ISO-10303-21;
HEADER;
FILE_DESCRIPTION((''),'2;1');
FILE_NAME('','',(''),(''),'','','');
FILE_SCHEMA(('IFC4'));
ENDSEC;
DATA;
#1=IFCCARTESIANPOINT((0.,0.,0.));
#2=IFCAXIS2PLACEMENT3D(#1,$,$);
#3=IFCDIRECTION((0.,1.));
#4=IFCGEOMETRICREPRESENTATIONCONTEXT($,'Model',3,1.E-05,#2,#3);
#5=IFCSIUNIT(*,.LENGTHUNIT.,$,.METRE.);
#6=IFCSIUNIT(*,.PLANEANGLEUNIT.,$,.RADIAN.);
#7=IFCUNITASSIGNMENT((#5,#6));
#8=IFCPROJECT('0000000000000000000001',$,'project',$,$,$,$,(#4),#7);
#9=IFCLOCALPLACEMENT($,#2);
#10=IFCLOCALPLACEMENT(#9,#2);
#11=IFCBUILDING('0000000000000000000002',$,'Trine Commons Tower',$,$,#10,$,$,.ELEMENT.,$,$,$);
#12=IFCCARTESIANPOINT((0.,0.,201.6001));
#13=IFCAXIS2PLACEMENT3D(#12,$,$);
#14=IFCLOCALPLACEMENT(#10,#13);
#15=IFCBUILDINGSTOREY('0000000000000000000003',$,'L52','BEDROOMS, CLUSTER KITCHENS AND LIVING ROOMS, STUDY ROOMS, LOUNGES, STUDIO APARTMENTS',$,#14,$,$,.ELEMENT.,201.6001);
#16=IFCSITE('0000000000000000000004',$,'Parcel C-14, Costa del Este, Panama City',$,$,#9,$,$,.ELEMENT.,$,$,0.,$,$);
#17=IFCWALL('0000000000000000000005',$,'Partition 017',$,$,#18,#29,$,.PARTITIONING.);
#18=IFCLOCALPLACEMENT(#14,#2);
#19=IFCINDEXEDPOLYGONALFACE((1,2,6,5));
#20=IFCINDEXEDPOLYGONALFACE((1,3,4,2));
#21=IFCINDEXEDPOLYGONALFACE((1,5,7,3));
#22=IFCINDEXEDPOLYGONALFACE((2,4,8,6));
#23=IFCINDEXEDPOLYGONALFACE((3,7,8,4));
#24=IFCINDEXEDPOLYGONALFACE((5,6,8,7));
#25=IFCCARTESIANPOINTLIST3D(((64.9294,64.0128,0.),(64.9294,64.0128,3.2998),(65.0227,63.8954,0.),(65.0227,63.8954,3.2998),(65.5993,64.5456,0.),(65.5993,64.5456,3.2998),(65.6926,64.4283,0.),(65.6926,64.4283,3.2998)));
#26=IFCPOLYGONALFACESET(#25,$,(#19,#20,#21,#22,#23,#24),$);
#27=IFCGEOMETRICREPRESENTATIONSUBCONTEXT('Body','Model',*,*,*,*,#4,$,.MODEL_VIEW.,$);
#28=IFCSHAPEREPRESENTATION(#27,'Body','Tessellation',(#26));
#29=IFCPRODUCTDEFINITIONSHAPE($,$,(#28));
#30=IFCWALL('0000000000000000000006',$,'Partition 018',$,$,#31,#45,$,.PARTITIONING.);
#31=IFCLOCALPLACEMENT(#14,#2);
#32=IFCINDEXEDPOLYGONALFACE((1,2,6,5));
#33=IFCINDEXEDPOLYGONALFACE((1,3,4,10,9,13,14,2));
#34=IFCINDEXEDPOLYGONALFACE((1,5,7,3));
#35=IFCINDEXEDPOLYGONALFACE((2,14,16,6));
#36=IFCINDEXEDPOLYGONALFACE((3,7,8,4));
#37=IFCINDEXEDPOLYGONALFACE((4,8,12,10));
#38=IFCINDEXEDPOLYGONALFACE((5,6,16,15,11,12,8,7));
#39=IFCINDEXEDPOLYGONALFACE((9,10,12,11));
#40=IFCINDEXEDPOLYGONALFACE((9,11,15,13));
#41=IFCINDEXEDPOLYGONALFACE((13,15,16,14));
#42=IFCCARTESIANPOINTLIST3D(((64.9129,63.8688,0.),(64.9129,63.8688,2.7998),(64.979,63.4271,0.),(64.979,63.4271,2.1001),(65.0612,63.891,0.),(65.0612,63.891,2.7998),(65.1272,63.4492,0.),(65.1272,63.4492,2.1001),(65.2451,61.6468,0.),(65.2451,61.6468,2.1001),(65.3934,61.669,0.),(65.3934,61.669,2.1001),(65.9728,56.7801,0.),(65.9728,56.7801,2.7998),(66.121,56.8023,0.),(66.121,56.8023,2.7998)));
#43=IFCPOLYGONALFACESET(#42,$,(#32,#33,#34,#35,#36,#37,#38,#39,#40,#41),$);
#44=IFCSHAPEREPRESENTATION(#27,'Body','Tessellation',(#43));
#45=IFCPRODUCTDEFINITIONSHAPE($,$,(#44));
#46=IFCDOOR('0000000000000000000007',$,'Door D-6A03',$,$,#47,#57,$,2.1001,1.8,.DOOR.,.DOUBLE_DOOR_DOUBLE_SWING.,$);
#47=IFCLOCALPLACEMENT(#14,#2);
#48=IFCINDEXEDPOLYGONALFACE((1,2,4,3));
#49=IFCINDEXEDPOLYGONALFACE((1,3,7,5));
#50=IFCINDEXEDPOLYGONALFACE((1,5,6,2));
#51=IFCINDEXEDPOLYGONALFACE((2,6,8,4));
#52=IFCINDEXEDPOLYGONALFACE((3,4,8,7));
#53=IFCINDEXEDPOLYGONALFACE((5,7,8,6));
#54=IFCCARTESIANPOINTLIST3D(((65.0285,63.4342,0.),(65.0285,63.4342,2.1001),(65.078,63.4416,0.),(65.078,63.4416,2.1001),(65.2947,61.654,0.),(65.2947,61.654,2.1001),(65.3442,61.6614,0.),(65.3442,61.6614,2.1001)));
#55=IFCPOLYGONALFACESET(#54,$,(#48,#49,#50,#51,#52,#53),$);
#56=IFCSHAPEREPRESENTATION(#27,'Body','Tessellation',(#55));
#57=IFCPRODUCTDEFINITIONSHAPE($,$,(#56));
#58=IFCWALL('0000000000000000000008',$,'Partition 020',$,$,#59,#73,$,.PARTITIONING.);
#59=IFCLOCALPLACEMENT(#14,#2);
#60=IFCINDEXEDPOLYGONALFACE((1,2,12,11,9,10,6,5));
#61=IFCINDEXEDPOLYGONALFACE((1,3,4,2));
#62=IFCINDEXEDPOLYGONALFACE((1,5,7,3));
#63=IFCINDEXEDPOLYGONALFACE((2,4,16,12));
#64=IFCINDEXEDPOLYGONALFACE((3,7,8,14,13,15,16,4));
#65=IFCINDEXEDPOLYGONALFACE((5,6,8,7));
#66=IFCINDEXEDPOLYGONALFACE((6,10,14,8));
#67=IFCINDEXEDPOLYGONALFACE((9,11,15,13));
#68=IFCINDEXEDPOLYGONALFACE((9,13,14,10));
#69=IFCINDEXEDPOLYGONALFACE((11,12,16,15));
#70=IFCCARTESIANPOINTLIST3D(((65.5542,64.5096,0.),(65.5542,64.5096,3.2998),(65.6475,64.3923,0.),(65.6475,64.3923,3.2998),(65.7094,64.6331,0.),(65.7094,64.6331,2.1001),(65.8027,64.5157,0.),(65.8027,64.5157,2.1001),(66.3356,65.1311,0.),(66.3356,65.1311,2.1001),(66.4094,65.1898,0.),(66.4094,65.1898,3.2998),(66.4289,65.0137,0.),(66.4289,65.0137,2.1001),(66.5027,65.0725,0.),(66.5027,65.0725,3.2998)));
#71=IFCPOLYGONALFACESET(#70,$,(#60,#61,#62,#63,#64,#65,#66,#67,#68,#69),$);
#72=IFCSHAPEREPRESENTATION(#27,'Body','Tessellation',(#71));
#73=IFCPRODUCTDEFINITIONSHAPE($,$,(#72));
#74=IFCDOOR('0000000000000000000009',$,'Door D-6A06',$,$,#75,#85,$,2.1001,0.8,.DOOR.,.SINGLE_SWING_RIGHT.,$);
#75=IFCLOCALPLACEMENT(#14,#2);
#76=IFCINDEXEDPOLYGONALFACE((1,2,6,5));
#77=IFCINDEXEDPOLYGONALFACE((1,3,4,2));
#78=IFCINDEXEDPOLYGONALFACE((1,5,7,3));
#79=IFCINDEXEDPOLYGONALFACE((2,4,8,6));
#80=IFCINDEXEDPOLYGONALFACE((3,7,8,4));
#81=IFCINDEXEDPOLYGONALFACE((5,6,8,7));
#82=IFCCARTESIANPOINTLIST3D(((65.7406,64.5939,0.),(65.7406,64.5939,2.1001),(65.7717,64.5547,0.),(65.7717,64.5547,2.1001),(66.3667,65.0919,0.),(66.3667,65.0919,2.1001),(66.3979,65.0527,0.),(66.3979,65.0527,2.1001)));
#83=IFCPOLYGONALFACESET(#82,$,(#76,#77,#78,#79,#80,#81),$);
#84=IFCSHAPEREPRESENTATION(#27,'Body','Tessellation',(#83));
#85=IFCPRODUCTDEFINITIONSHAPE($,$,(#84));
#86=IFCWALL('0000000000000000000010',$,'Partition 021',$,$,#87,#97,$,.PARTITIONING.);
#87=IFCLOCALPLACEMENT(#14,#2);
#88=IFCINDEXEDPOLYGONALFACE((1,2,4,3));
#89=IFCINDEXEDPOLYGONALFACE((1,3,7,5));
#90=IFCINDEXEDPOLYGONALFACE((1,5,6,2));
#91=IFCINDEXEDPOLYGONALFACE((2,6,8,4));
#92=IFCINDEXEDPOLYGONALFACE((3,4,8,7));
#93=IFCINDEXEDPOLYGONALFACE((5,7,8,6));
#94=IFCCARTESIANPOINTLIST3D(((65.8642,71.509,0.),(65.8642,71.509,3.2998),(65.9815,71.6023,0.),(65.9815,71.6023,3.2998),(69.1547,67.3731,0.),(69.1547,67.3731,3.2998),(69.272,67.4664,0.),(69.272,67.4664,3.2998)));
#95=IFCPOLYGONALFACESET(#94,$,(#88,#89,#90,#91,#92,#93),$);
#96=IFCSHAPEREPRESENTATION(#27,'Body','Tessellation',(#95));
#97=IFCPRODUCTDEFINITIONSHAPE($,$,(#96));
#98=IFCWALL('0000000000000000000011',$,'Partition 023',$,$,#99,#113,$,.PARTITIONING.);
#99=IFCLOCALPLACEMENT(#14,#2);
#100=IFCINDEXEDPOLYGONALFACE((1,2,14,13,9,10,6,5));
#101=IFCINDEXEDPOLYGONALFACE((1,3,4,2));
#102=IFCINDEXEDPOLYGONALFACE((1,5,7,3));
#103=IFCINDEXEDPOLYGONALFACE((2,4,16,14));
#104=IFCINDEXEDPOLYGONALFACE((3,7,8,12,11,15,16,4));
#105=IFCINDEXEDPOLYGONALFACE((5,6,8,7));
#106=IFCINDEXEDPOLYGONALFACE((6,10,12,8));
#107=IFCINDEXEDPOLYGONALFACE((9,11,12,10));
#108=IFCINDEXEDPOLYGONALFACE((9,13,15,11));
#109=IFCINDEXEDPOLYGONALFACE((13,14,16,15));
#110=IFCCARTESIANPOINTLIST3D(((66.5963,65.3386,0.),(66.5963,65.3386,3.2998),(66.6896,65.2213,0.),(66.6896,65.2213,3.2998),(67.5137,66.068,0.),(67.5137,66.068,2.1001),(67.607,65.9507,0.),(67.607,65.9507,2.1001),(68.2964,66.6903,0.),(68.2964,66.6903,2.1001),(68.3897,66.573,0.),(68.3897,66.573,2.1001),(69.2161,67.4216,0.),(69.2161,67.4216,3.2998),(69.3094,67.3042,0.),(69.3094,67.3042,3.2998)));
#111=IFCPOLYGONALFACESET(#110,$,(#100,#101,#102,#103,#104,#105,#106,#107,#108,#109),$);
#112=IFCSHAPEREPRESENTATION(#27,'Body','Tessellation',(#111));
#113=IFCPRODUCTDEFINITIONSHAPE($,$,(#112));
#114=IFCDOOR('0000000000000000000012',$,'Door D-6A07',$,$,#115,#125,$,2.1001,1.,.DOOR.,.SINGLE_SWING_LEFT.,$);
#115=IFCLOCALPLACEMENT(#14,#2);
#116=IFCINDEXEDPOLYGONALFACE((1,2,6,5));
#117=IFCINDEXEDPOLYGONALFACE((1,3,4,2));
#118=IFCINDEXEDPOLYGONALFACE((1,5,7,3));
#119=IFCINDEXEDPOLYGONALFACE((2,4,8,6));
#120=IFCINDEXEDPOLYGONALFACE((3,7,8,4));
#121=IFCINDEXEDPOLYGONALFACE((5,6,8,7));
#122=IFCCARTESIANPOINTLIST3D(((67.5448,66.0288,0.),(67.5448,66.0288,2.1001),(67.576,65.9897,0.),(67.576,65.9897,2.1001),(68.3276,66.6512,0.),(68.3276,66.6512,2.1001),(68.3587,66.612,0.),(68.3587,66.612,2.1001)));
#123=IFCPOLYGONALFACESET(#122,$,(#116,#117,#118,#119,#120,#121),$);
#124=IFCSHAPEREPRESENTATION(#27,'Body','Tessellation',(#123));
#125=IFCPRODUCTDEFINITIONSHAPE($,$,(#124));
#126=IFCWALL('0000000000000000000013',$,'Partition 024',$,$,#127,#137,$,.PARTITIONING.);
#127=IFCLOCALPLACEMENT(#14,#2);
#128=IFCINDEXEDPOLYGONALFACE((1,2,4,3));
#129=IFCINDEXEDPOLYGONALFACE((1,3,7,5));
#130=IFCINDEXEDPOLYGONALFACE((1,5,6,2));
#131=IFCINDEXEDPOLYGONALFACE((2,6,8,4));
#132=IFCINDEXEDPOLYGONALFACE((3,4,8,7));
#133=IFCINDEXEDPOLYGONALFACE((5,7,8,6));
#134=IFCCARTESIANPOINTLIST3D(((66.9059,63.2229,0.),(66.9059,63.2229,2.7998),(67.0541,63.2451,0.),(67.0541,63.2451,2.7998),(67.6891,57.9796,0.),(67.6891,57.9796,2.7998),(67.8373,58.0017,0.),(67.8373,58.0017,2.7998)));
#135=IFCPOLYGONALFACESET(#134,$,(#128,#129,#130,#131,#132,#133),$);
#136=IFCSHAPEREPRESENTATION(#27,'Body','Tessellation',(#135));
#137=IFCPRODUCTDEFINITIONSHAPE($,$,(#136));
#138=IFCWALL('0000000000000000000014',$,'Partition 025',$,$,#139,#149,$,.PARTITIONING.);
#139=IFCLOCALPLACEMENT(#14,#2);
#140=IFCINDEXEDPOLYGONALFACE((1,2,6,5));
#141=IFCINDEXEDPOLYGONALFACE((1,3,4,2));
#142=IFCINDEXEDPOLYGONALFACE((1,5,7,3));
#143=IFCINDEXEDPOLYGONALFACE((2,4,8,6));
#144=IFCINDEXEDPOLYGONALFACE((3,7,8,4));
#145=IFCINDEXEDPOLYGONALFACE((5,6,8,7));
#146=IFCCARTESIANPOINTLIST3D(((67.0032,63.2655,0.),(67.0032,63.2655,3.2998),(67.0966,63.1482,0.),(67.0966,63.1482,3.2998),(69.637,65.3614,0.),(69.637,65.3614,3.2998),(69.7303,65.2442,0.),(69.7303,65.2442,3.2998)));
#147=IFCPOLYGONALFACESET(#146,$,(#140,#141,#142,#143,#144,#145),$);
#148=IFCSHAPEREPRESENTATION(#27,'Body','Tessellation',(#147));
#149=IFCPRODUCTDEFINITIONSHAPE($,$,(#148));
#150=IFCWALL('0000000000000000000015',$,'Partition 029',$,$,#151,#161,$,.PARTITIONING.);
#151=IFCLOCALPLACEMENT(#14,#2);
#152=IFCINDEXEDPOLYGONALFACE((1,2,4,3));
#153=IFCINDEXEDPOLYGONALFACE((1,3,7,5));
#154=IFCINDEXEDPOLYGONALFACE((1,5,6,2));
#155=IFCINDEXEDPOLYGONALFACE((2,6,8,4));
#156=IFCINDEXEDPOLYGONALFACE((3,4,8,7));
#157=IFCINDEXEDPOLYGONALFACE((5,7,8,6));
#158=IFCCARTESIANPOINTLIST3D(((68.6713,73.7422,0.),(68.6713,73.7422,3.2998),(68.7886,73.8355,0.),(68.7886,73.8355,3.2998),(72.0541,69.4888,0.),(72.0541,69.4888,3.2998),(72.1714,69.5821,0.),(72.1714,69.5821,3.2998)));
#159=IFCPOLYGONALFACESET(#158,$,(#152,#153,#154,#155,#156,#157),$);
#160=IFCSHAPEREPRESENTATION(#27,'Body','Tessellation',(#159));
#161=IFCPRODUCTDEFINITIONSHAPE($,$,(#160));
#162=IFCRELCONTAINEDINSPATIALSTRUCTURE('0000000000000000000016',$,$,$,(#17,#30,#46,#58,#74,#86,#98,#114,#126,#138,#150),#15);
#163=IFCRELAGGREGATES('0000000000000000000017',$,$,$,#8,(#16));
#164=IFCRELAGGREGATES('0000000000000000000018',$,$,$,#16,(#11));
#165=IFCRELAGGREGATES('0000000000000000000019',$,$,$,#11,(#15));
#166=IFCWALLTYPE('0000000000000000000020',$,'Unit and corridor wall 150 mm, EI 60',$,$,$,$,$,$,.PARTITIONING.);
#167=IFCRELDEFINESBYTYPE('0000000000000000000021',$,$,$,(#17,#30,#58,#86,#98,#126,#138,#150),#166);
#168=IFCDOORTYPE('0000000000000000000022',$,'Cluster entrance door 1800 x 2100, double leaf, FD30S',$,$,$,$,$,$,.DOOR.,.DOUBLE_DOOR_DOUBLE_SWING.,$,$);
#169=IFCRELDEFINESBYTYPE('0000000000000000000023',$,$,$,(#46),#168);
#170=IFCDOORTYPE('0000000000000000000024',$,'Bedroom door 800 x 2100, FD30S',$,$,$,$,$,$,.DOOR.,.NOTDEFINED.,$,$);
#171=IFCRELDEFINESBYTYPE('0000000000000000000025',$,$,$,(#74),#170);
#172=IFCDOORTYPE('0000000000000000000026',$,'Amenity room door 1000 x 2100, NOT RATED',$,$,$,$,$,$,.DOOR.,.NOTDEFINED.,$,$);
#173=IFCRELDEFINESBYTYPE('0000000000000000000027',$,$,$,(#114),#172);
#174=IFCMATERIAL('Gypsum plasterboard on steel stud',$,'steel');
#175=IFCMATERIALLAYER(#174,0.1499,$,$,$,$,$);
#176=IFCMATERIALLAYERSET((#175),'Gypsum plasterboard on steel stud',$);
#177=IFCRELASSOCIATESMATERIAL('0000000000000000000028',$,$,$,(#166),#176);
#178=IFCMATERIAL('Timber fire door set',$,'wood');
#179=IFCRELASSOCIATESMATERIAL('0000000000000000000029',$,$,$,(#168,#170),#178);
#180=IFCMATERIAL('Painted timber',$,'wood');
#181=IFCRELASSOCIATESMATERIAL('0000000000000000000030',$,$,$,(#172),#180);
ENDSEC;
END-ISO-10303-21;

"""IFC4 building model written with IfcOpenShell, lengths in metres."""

from ifc_helpers import new_model, si_unit, direction, frame, frame_2d, origin, place, context, subcontext, project, spatial, rectangle, extrude, material, layer, layer_set, type_object, element, fill, save


model = new_model("IFC4")

# Units and contexts
model_context = context("Model", 3, precision=1e-05, world=origin(), true_north=direction((0.0, 1.0)))
body_context = subcontext(model_context, "Body", "Model", "MODEL_VIEW")
ifc_project = project(units=[si_unit("LENGTHUNIT", "METRE"), si_unit("PLANEANGLEUNIT", "RADIAN")], contexts=[model_context])

# Site, building, storey
site_placement = place(None, origin())
site = spatial("IfcSite", under=ifc_project, at=site_placement, Name="Parcel C-14, Costa del Este, Panama City", CompositionType="ELEMENT", RefElevation=0.0)
building_placement = place(site_placement, origin())
building = spatial("IfcBuilding", under=site, at=building_placement, Name="Trine Commons Tower", CompositionType="ELEMENT")
storey_placement = place(building_placement, frame((0.0, 0.0, 201.6001)))
storey = spatial("IfcBuildingStorey", under=building, at=storey_placement, Name="L52", Description="BEDROOMS, CLUSTER KITCHENS AND LIVING ROOMS, STUDY ROOMS, LOUNGES, STUDIO APARTMENTS", CompositionType="ELEMENT", Elevation=201.6001)

# Wall
ifc_material_1 = material(Name="Gypsum plasterboard on steel stud", Category="steel")
ifc_layer_1 = layer(ifc_material_1, 0.1499)
ifc_layer_set_1 = layer_set([ifc_layer_1], Name="Gypsum plasterboard on steel stud")
wall_type_1 = type_object("IfcWallType", Name="Unit and corridor wall 150 mm, EI 60", PredefinedType="PARTITIONING", material=ifc_layer_set_1)
wall_1_placement = place(storey_placement, frame((64.9761, 63.9541, 0.0), z_axis=(0.0, 0.0, 1.0), x_axis=(0.782563, 0.622571, 0.0)))
element("IfcWall", 1, at=wall_1_placement, inside=storey, type_object=wall_type_1, Name="Partition 017", PredefinedType="PARTITIONING", context=body_context, shape_type="SweptSolid", body=[
    extrude(rectangle(XDim=0.856, YDim=0.1499, at=frame_2d((0.428, 0.0))), origin(), (0.0, 0.0, 1.0), 3.2998),
])

# Walls, openings, doors
wall_2_placement = place(storey_placement, frame((64.9871, 63.8799, 0.0), z_axis=(0.0, 0.0, 1.0), x_axis=(0.147866, -0.989007, 0.0)))
wall_2 = element("IfcWall", 2, at=wall_2_placement, inside=storey, type_object=wall_type_1, Name="Partition 018", PredefinedType="PARTITIONING", context=body_context, shape_type="SweptSolid", body=[
    extrude(rectangle(XDim=7.1675, YDim=0.1499, at=frame_2d((3.5837, 0.0))), origin(), (0.0, 0.0, 1.0), 2.7998),
])
opening_1_placement = place(wall_2_placement, frame((0.4468, 0.0, 0.0)))
opening_1 = element("IfcOpeningElement", 3, at=opening_1_placement, cuts=wall_2, PredefinedType="OPENING", context=body_context, shape_type="SweptSolid", body=[
    extrude(rectangle(XDim=1.8, YDim=2.1001, at=frame_2d((0.8999, 1.05))), frame((0.0, 0.085, 0.0), z_axis=(0.0, -1.0, 0.0), x_axis=(1.0, 0.0, 0.0)), (0.0, 0.0, 1.0), 0.1699),
])
ifc_material_2 = material(Name="Timber fire door set", Category="wood")
door_type_1 = type_object("IfcDoorType", Name="Cluster entrance door 1800 x 2100, double leaf, FD30S", OperationType="DOUBLE_DOOR_DOUBLE_SWING", PredefinedType="DOOR", material=ifc_material_2)
door_1_placement = place(opening_1_placement, frame((1.8, 0.0, 0.0), z_axis=(0.0, 0.0, 1.0), x_axis=(-1.0, 0.0, 0.0)))
door_1 = element("IfcDoor", 4, at=door_1_placement, inside=storey, type_object=door_type_1, Name="Door D-6A03", OperationType="DOUBLE_DOOR_DOUBLE_SWING", OverallHeight=2.1001, OverallWidth=1.8, PredefinedType="DOOR", context=body_context, shape_type="SweptSolid", body=[
    extrude(rectangle(XDim=1.8, YDim=2.1001, at=frame_2d((0.8999, 1.05))), frame((0.0, 0.0249, 0.0), z_axis=(0.0, -1.0, 0.0), x_axis=(1.0, 0.0, 0.0)), (0.0, 0.0, 1.0), 0.05),
])
fill(opening_1, door_1)
wall_3_placement = place(storey_placement, frame((65.6008, 64.4509, 0.0), z_axis=(0.0, 0.0, 1.0), x_axis=(0.782653, 0.622458, 0.0)))
wall_3 = element("IfcWall", 5, at=wall_3_placement, inside=storey, type_object=wall_type_1, Name="Partition 020", PredefinedType="PARTITIONING", context=body_context, shape_type="SweptSolid", body=[
    extrude(rectangle(XDim=1.0928, YDim=0.1499, at=frame_2d((0.5464, 0.0))), origin(), (0.0, 0.0, 1.0), 3.2998),
])
opening_2_placement = place(wall_3_placement, frame((0.1985, 0.0, 0.0)))
opening_2 = element("IfcOpeningElement", 6, at=opening_2_placement, cuts=wall_3, PredefinedType="OPENING", context=body_context, shape_type="SweptSolid", body=[
    extrude(rectangle(XDim=0.8, YDim=2.1001, at=frame_2d((0.3999, 1.05))), frame((0.0, 0.085, 0.0), z_axis=(0.0, -1.0, 0.0), x_axis=(1.0, 0.0, 0.0)), (0.0, 0.0, 1.0), 0.1699),
])
door_type_2 = type_object("IfcDoorType", Name="Bedroom door 800 x 2100, FD30S", OperationType="NOTDEFINED", PredefinedType="DOOR", material=ifc_material_2)
door_2_placement = place(opening_2_placement, origin())
door_2 = element("IfcDoor", 7, at=door_2_placement, inside=storey, type_object=door_type_2, Name="Door D-6A06", OperationType="SINGLE_SWING_RIGHT", OverallHeight=2.1001, OverallWidth=0.8, PredefinedType="DOOR", context=body_context, shape_type="SweptSolid", body=[
    extrude(rectangle(XDim=0.8, YDim=2.1001, at=frame_2d((0.3999, 1.05))), frame((0.0, 0.0249, 0.0), z_axis=(0.0, -1.0, 0.0), x_axis=(1.0, 0.0, 0.0)), (0.0, 0.0, 1.0), 0.05),
])
fill(opening_2, door_2)

# Wall
wall_4_placement = place(storey_placement, frame((65.9229, 71.5557, 0.0), z_axis=(0.0, 0.0, 1.0), x_axis=(0.622586, -0.782551, 0.0)))
element("IfcWall", 8, at=wall_4_placement, inside=storey, type_object=wall_type_1, Name="Partition 021", PredefinedType="PARTITIONING", context=body_context, shape_type="SweptSolid", body=[
    extrude(rectangle(XDim=5.2852, YDim=0.1499, at=frame_2d((2.6426, 0.0))), origin(), (0.0, 0.0, 1.0), 3.2998),
])

# Wall, opening, door
wall_5_placement = place(storey_placement, frame((66.6431, 65.28, 0.0), z_axis=(0.0, 0.0, 1.0), x_axis=(0.782744, 0.622344, 0.0)))
wall_5 = element("IfcWall", 9, at=wall_5_placement, inside=storey, type_object=wall_type_1, Name="Partition 023", PredefinedType="PARTITIONING", context=body_context, shape_type="SweptSolid", body=[
    extrude(rectangle(XDim=3.3469, YDim=0.1499, at=frame_2d((1.6733, 0.0))), origin(), (0.0, 0.0, 1.0), 3.2998),
])
opening_3_placement = place(wall_5_placement, frame((1.1719, 0.0, 0.0)))
opening_3 = element("IfcOpeningElement", 10, at=opening_3_placement, cuts=wall_5, PredefinedType="OPENING", context=body_context, shape_type="SweptSolid", body=[
    extrude(rectangle(XDim=1.0, YDim=2.1001, at=frame_2d((0.5, 1.05))), frame((0.0, 0.085, 0.0), z_axis=(0.0, -1.0, 0.0), x_axis=(1.0, 0.0, 0.0)), (0.0, 0.0, 1.0), 0.1699),
])
ifc_material_3 = material(Name="Painted timber", Category="wood")
door_type_3 = type_object("IfcDoorType", Name="Amenity room door 1000 x 2100, NOT RATED", OperationType="NOTDEFINED", PredefinedType="DOOR", material=ifc_material_3)
door_3_placement = place(opening_3_placement, origin())
door_3 = element("IfcDoor", 11, at=door_3_placement, inside=storey, type_object=door_type_3, Name="Door D-6A07", OperationType="SINGLE_SWING_LEFT", OverallHeight=2.1001, OverallWidth=1.0, PredefinedType="DOOR", context=body_context, shape_type="SweptSolid", body=[
    extrude(rectangle(XDim=1.0, YDim=2.1001, at=frame_2d((0.5, 1.05))), frame((0.0, 0.0249, 0.0), z_axis=(0.0, -1.0, 0.0), x_axis=(1.0, 0.0, 0.0)), (0.0, 0.0, 1.0), 0.05),
])
fill(opening_3, door_3)

# Walls
wall_6_placement = place(storey_placement, frame((66.98, 63.2341, 0.0), z_axis=(0.0, 0.0, 1.0), x_axis=(0.14773, -0.989028, 0.0)))
element("IfcWall", 12, at=wall_6_placement, inside=storey, type_object=wall_type_1, Name="Partition 024", PredefinedType="PARTITIONING", context=body_context, shape_type="SweptSolid", body=[
    extrude(rectangle(XDim=5.3015, YDim=0.1499, at=frame_2d((2.6509, 0.0))), origin(), (0.0, 0.0, 1.0), 2.7998),
])
wall_7_placement = place(storey_placement, frame((67.0498, 63.2068, 0.0), z_axis=(0.0, 0.0, 1.0), x_axis=(0.782473, 0.622685, 0.0)))
element("IfcWall", 13, at=wall_7_placement, inside=storey, type_object=wall_type_1, Name="Partition 025", PredefinedType="PARTITIONING", context=body_context, shape_type="SweptSolid", body=[
    extrude(rectangle(XDim=3.366, YDim=0.1499, at=frame_2d((1.6831, 0.0))), origin(), (0.0, 0.0, 1.0), 3.2998),
])
wall_8_placement = place(storey_placement, frame((68.73, 73.7888, 0.0), z_axis=(0.0, 0.0, 1.0), x_axis=(0.622457, -0.782654, 0.0)))
element("IfcWall", 14, at=wall_8_placement, inside=storey, type_object=wall_type_1, Name="Partition 029", PredefinedType="PARTITIONING", context=body_context, shape_type="SweptSolid", body=[
    extrude(rectangle(XDim=5.4346, YDim=0.1499, at=frame_2d((2.7173, 0.0))), origin(), (0.0, 0.0, 1.0), 3.2998),
])

save(model, "model.ifc")
